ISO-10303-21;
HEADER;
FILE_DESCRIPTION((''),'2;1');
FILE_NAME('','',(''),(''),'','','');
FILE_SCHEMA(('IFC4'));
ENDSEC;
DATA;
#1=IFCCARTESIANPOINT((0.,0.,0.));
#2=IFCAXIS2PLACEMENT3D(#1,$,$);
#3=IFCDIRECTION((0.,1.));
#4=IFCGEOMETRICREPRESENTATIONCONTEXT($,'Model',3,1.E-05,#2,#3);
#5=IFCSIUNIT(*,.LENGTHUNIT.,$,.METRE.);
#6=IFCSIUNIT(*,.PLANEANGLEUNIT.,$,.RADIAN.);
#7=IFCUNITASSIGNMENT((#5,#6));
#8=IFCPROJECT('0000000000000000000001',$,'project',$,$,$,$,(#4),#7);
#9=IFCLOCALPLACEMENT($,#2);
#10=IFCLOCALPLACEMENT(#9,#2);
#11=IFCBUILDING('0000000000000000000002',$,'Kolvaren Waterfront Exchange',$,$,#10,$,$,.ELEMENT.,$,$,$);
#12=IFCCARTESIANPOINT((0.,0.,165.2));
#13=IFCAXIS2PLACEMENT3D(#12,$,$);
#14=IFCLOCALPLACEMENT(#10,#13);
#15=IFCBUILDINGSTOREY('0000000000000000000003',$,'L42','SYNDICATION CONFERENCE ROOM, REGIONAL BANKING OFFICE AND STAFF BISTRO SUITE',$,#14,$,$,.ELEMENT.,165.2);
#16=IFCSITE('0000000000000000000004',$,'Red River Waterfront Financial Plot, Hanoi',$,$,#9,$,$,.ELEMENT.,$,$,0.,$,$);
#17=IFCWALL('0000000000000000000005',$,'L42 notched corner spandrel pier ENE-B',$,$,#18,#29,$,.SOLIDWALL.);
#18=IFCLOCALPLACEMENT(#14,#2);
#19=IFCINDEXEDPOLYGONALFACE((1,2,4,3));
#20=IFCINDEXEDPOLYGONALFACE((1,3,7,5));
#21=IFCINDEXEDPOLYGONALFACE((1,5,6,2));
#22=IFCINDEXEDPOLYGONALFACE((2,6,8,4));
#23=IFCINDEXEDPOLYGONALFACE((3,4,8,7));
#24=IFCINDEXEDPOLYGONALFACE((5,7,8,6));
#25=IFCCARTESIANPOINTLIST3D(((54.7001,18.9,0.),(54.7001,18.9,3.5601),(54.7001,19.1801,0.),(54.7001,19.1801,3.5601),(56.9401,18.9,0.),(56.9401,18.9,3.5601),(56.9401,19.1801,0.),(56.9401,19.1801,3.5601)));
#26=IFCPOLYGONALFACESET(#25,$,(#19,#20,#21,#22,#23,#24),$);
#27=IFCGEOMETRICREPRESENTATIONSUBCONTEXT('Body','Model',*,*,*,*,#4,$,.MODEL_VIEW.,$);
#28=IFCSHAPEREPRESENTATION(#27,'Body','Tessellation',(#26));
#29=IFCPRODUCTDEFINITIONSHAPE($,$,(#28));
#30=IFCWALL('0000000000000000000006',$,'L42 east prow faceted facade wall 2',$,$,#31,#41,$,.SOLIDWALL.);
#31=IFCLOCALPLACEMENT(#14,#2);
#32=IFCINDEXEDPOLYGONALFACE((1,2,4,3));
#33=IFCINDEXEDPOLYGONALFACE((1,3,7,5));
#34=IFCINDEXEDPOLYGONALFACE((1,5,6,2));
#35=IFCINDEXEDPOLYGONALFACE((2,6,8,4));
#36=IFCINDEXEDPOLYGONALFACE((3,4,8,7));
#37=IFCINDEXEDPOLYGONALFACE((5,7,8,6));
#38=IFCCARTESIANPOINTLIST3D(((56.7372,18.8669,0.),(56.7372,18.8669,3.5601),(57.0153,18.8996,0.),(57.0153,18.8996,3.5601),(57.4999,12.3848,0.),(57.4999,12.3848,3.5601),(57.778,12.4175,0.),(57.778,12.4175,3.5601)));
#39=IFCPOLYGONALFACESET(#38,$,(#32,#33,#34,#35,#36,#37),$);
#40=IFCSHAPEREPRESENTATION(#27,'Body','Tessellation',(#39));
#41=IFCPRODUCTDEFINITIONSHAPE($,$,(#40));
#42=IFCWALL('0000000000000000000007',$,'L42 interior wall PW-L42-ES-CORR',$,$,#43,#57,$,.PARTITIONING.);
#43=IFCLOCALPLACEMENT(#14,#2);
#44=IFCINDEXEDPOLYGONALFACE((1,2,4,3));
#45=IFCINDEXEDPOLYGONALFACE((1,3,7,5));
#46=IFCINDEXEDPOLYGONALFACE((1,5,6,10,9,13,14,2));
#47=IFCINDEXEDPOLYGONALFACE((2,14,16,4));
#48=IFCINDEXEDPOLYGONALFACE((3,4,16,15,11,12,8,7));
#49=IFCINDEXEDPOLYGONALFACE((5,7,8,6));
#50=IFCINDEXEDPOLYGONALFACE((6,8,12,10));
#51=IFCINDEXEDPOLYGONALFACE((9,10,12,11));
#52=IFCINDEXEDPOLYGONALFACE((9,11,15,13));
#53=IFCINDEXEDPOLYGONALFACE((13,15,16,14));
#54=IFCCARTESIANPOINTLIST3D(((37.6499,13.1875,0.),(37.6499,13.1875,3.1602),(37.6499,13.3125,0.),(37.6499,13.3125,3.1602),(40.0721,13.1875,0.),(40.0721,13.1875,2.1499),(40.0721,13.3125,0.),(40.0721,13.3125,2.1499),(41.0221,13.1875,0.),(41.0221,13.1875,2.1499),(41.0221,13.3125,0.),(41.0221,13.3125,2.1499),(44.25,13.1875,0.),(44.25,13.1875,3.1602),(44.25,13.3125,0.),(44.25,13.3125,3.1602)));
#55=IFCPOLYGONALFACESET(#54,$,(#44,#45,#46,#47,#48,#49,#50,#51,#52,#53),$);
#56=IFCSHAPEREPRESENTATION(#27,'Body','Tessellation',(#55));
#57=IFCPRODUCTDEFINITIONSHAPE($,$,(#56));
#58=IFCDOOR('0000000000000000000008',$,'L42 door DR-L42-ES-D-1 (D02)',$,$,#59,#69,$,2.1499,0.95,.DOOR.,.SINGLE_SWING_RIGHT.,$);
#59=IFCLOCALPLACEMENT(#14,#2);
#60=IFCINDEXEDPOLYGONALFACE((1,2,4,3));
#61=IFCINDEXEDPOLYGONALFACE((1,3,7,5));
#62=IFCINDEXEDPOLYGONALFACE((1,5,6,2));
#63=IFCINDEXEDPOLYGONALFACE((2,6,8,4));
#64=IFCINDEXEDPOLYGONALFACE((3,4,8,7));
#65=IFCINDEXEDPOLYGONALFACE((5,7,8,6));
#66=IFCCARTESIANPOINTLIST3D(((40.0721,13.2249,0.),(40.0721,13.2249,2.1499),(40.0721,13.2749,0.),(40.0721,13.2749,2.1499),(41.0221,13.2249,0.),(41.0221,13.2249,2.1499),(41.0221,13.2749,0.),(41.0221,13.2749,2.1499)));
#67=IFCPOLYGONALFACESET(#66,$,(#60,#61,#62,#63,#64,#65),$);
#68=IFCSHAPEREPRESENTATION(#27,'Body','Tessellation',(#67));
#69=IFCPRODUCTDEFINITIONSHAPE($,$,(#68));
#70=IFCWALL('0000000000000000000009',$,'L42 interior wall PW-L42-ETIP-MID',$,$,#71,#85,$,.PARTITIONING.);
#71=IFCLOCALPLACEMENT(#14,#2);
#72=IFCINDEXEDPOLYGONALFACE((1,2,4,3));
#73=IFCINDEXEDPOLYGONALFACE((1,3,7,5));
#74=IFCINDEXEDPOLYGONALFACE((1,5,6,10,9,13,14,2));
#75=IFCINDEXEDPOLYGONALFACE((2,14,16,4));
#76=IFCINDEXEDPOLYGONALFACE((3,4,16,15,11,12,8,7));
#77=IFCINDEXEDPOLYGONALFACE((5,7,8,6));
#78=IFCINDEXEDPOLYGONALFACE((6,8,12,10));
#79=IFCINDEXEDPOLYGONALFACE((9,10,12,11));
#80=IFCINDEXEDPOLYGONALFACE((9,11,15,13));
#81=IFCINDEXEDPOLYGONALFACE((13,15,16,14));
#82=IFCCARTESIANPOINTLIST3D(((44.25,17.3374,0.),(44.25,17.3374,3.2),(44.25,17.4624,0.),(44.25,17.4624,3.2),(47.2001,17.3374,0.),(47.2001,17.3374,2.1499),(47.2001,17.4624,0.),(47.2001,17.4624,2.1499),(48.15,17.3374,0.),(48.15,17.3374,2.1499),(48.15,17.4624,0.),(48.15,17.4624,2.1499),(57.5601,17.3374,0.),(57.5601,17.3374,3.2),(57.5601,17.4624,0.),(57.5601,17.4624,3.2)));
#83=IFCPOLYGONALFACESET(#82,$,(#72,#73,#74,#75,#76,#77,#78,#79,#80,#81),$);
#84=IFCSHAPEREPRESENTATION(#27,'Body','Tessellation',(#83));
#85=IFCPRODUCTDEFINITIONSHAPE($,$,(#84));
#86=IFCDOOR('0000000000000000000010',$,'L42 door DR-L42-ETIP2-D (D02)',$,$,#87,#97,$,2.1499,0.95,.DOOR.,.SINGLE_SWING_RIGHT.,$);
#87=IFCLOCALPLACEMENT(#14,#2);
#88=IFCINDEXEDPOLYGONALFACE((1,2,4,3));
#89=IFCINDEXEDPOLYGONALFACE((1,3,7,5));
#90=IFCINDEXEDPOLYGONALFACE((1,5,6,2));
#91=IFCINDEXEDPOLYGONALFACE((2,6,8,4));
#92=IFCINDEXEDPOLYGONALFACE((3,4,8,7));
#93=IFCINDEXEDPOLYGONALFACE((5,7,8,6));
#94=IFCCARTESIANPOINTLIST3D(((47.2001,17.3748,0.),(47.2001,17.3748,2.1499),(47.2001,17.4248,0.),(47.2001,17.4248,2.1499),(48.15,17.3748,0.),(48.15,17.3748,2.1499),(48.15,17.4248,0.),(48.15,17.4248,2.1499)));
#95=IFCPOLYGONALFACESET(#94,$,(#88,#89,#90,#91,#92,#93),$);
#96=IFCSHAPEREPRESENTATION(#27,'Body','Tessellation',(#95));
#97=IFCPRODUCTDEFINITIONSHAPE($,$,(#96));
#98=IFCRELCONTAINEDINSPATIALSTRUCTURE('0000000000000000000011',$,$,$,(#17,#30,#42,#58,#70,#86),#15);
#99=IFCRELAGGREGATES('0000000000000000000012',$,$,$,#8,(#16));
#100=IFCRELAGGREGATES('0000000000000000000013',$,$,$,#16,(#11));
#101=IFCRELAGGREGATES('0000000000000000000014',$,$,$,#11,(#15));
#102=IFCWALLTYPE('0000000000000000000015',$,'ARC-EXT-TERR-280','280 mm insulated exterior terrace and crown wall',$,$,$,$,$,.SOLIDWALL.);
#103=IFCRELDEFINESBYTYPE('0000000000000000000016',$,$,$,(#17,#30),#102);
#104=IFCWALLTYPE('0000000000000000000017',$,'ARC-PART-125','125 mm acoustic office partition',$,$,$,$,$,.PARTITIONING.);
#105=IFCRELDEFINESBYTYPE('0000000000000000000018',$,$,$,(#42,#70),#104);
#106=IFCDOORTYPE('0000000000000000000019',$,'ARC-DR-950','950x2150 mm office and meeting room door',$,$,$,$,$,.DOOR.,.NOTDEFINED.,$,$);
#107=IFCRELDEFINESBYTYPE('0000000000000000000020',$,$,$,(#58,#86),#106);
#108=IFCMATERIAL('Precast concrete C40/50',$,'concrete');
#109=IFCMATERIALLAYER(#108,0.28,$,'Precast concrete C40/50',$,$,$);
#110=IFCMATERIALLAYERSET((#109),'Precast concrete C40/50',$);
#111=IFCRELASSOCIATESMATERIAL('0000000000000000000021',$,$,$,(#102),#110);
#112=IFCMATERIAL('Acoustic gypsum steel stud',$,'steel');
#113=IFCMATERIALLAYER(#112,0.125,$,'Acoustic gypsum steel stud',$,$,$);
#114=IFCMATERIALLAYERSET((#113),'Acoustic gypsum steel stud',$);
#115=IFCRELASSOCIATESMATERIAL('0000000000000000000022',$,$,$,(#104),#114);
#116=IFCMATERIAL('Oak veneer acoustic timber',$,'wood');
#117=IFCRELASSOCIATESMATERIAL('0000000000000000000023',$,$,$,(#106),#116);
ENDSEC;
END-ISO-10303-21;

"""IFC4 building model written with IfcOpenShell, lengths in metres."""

from ifc_helpers import new_model, si_unit, direction, frame, frame_2d, origin, place, context, subcontext, project, spatial, rectangle, extrude, material, layer, layer_set, type_object, element, fill, save


model = new_model("IFC4")

# Units and contexts
model_context = context("Model", 3, precision=1e-05, world=origin(), true_north=direction((0.0, 1.0)))
body_context = subcontext(model_context, "Body", "Model", "MODEL_VIEW")
ifc_project = project(units=[si_unit("LENGTHUNIT", "METRE"), si_unit("PLANEANGLEUNIT", "RADIAN")], contexts=[model_context])

# Site, building, storey
site_placement = place(None, origin())
site = spatial("IfcSite", under=ifc_project, at=site_placement, Name="Red River Waterfront Financial Plot, Hanoi", CompositionType="ELEMENT", RefElevation=0.0)
building_placement = place(site_placement, origin())
building = spatial("IfcBuilding", under=site, at=building_placement, Name="Kolvaren Waterfront Exchange", CompositionType="ELEMENT")
storey_placement = place(building_placement, frame((0.0, 0.0, 165.2)))
storey = spatial("IfcBuildingStorey", under=building, at=storey_placement, Name="L42", Description="SYNDICATION CONFERENCE ROOM, REGIONAL BANKING OFFICE AND STAFF BISTRO SUITE", CompositionType="ELEMENT", Elevation=165.2)

# Walls
ifc_material_1 = material(Name="Precast concrete C40/50", Category="concrete")
ifc_layer_1 = layer(ifc_material_1, 0.28, Name="Precast concrete C40/50")
ifc_layer_set_1 = layer_set([ifc_layer_1], Name="Precast concrete C40/50")
wall_type_1 = type_object("IfcWallType", Name="ARC-EXT-TERR-280", Description="280 mm insulated exterior terrace and crown wall", PredefinedType="SOLIDWALL", material=ifc_layer_set_1)
wall_1_placement = place(storey_placement, frame((54.7, 19.04, 0.0), z_axis=(0.0, 0.0, 1.0), x_axis=(1.0, 0.0, 0.0)))
element("IfcWall", 1, at=wall_1_placement, inside=storey, type_object=wall_type_1, Name="L42 notched corner spandrel pier ENE-B", PredefinedType="SOLIDWALL", context=body_context, shape_type="SweptSolid", body=[
    extrude(rectangle(XDim=2.24, YDim=0.28, at=frame_2d((1.1201, 0.0))), origin(), (0.0, 0.0, 1.0), 3.5601),
])
wall_2_placement = place(storey_placement, frame((57.6389, 12.4011, 0.0), z_axis=(0.0, 0.0, 1.0), x_axis=(-0.116854, 0.993149, 0.0)))
element("IfcWall", 2, at=wall_2_placement, inside=storey, type_object=wall_type_1, Name="L42 east prow faceted facade wall 2", PredefinedType="SOLIDWALL", context=body_context, shape_type="SweptSolid", body=[
    extrude(rectangle(XDim=6.5269, YDim=0.28, at=frame_2d((3.2634, 0.0))), origin(), (0.0, 0.0, 1.0), 3.5601),
])

# Walls, openings, doors
ifc_material_2 = material(Name="Acoustic gypsum steel stud", Category="steel")
ifc_layer_2 = layer(ifc_material_2, 0.125, Name="Acoustic gypsum steel stud")
ifc_layer_set_2 = layer_set([ifc_layer_2], Name="Acoustic gypsum steel stud")
wall_type_2 = type_object("IfcWallType", Name="ARC-PART-125", Description="125 mm acoustic office partition", PredefinedType="PARTITIONING", material=ifc_layer_set_2)
wall_3_placement = place(storey_placement, frame((37.6499, 13.25, 0.0), z_axis=(0.0, 0.0, 1.0), x_axis=(1.0, 0.0, 0.0)))
wall_3 = element("IfcWall", 3, at=wall_3_placement, inside=storey, type_object=wall_type_2, Name="L42 interior wall PW-L42-ES-CORR", PredefinedType="PARTITIONING", context=body_context, shape_type="SweptSolid", body=[
    extrude(rectangle(XDim=6.6001, YDim=0.125, at=frame_2d((3.3, 0.0))), origin(), (0.0, 0.0, 1.0), 3.1602),
])
opening_1_placement = place(wall_3_placement, frame((2.4221, 0.0, 0.0)))
opening_1 = element("IfcOpeningElement", 4, at=opening_1_placement, cuts=wall_3, PredefinedType="OPENING", context=body_context, shape_type="SweptSolid", body=[
    extrude(rectangle(XDim=0.95, YDim=2.1499, at=frame_2d((0.4751, 1.075))), frame((0.0, 0.0725, 0.0), z_axis=(0.0, -1.0, 0.0), x_axis=(1.0, 0.0, 0.0)), (0.0, 0.0, 1.0), 0.145),
])
ifc_material_3 = material(Name="Oak veneer acoustic timber", Category="wood")
door_type = type_object("IfcDoorType", Name="ARC-DR-950", Description="950x2150 mm office and meeting room door", OperationType="NOTDEFINED", PredefinedType="DOOR", material=ifc_material_3)
door_1_placement = place(opening_1_placement, origin())
door_1 = element("IfcDoor", 5, at=door_1_placement, inside=storey, type_object=door_type, Name="L42 door DR-L42-ES-D-1 (D02)", OperationType="SINGLE_SWING_RIGHT", OverallHeight=2.1499, OverallWidth=0.95, PredefinedType="DOOR", context=body_context, shape_type="SweptSolid", body=[
    extrude(rectangle(XDim=0.95, YDim=2.1499, at=frame_2d((0.4751, 1.075))), frame((0.0, 0.0249, 0.0), z_axis=(0.0, -1.0, 0.0), x_axis=(1.0, 0.0, 0.0)), (0.0, 0.0, 1.0), 0.05),
])
fill(opening_1, door_1)
wall_4_placement = place(storey_placement, frame((44.25, 17.3999, 0.0), z_axis=(0.0, 0.0, 1.0), x_axis=(1.0, 0.0, 0.0)))
wall_4 = element("IfcWall", 6, at=wall_4_placement, inside=storey, type_object=wall_type_2, Name="L42 interior wall PW-L42-ETIP-MID", PredefinedType="PARTITIONING", context=body_context, shape_type="SweptSolid", body=[
    extrude(rectangle(XDim=13.3101, YDim=0.125, at=frame_2d((6.655, 0.0))), origin(), (0.0, 0.0, 1.0), 3.2),
])
opening_2_placement = place(wall_4_placement, frame((2.95, 0.0, 0.0)))
opening_2 = element("IfcOpeningElement", 7, at=opening_2_placement, cuts=wall_4, PredefinedType="OPENING", context=body_context, shape_type="SweptSolid", body=[
    extrude(rectangle(XDim=0.95, YDim=2.1499, at=frame_2d((0.4751, 1.075))), frame((0.0, 0.0725, 0.0), z_axis=(0.0, -1.0, 0.0), x_axis=(1.0, 0.0, 0.0)), (0.0, 0.0, 1.0), 0.145),
])
door_2_placement = place(opening_2_placement, origin())
door_2 = element("IfcDoor", 8, at=door_2_placement, inside=storey, type_object=door_type, Name="L42 door DR-L42-ETIP2-D (D02)", OperationType="SINGLE_SWING_RIGHT", OverallHeight=2.1499, OverallWidth=0.95, PredefinedType="DOOR", context=body_context, shape_type="SweptSolid", body=[
    extrude(rectangle(XDim=0.95, YDim=2.1499, at=frame_2d((0.4751, 1.075))), frame((0.0, 0.0249, 0.0), z_axis=(0.0, -1.0, 0.0), x_axis=(1.0, 0.0, 0.0)), (0.0, 0.0, 1.0), 0.05),
])
fill(opening_2, door_2)

save(model, "model.ifc")
